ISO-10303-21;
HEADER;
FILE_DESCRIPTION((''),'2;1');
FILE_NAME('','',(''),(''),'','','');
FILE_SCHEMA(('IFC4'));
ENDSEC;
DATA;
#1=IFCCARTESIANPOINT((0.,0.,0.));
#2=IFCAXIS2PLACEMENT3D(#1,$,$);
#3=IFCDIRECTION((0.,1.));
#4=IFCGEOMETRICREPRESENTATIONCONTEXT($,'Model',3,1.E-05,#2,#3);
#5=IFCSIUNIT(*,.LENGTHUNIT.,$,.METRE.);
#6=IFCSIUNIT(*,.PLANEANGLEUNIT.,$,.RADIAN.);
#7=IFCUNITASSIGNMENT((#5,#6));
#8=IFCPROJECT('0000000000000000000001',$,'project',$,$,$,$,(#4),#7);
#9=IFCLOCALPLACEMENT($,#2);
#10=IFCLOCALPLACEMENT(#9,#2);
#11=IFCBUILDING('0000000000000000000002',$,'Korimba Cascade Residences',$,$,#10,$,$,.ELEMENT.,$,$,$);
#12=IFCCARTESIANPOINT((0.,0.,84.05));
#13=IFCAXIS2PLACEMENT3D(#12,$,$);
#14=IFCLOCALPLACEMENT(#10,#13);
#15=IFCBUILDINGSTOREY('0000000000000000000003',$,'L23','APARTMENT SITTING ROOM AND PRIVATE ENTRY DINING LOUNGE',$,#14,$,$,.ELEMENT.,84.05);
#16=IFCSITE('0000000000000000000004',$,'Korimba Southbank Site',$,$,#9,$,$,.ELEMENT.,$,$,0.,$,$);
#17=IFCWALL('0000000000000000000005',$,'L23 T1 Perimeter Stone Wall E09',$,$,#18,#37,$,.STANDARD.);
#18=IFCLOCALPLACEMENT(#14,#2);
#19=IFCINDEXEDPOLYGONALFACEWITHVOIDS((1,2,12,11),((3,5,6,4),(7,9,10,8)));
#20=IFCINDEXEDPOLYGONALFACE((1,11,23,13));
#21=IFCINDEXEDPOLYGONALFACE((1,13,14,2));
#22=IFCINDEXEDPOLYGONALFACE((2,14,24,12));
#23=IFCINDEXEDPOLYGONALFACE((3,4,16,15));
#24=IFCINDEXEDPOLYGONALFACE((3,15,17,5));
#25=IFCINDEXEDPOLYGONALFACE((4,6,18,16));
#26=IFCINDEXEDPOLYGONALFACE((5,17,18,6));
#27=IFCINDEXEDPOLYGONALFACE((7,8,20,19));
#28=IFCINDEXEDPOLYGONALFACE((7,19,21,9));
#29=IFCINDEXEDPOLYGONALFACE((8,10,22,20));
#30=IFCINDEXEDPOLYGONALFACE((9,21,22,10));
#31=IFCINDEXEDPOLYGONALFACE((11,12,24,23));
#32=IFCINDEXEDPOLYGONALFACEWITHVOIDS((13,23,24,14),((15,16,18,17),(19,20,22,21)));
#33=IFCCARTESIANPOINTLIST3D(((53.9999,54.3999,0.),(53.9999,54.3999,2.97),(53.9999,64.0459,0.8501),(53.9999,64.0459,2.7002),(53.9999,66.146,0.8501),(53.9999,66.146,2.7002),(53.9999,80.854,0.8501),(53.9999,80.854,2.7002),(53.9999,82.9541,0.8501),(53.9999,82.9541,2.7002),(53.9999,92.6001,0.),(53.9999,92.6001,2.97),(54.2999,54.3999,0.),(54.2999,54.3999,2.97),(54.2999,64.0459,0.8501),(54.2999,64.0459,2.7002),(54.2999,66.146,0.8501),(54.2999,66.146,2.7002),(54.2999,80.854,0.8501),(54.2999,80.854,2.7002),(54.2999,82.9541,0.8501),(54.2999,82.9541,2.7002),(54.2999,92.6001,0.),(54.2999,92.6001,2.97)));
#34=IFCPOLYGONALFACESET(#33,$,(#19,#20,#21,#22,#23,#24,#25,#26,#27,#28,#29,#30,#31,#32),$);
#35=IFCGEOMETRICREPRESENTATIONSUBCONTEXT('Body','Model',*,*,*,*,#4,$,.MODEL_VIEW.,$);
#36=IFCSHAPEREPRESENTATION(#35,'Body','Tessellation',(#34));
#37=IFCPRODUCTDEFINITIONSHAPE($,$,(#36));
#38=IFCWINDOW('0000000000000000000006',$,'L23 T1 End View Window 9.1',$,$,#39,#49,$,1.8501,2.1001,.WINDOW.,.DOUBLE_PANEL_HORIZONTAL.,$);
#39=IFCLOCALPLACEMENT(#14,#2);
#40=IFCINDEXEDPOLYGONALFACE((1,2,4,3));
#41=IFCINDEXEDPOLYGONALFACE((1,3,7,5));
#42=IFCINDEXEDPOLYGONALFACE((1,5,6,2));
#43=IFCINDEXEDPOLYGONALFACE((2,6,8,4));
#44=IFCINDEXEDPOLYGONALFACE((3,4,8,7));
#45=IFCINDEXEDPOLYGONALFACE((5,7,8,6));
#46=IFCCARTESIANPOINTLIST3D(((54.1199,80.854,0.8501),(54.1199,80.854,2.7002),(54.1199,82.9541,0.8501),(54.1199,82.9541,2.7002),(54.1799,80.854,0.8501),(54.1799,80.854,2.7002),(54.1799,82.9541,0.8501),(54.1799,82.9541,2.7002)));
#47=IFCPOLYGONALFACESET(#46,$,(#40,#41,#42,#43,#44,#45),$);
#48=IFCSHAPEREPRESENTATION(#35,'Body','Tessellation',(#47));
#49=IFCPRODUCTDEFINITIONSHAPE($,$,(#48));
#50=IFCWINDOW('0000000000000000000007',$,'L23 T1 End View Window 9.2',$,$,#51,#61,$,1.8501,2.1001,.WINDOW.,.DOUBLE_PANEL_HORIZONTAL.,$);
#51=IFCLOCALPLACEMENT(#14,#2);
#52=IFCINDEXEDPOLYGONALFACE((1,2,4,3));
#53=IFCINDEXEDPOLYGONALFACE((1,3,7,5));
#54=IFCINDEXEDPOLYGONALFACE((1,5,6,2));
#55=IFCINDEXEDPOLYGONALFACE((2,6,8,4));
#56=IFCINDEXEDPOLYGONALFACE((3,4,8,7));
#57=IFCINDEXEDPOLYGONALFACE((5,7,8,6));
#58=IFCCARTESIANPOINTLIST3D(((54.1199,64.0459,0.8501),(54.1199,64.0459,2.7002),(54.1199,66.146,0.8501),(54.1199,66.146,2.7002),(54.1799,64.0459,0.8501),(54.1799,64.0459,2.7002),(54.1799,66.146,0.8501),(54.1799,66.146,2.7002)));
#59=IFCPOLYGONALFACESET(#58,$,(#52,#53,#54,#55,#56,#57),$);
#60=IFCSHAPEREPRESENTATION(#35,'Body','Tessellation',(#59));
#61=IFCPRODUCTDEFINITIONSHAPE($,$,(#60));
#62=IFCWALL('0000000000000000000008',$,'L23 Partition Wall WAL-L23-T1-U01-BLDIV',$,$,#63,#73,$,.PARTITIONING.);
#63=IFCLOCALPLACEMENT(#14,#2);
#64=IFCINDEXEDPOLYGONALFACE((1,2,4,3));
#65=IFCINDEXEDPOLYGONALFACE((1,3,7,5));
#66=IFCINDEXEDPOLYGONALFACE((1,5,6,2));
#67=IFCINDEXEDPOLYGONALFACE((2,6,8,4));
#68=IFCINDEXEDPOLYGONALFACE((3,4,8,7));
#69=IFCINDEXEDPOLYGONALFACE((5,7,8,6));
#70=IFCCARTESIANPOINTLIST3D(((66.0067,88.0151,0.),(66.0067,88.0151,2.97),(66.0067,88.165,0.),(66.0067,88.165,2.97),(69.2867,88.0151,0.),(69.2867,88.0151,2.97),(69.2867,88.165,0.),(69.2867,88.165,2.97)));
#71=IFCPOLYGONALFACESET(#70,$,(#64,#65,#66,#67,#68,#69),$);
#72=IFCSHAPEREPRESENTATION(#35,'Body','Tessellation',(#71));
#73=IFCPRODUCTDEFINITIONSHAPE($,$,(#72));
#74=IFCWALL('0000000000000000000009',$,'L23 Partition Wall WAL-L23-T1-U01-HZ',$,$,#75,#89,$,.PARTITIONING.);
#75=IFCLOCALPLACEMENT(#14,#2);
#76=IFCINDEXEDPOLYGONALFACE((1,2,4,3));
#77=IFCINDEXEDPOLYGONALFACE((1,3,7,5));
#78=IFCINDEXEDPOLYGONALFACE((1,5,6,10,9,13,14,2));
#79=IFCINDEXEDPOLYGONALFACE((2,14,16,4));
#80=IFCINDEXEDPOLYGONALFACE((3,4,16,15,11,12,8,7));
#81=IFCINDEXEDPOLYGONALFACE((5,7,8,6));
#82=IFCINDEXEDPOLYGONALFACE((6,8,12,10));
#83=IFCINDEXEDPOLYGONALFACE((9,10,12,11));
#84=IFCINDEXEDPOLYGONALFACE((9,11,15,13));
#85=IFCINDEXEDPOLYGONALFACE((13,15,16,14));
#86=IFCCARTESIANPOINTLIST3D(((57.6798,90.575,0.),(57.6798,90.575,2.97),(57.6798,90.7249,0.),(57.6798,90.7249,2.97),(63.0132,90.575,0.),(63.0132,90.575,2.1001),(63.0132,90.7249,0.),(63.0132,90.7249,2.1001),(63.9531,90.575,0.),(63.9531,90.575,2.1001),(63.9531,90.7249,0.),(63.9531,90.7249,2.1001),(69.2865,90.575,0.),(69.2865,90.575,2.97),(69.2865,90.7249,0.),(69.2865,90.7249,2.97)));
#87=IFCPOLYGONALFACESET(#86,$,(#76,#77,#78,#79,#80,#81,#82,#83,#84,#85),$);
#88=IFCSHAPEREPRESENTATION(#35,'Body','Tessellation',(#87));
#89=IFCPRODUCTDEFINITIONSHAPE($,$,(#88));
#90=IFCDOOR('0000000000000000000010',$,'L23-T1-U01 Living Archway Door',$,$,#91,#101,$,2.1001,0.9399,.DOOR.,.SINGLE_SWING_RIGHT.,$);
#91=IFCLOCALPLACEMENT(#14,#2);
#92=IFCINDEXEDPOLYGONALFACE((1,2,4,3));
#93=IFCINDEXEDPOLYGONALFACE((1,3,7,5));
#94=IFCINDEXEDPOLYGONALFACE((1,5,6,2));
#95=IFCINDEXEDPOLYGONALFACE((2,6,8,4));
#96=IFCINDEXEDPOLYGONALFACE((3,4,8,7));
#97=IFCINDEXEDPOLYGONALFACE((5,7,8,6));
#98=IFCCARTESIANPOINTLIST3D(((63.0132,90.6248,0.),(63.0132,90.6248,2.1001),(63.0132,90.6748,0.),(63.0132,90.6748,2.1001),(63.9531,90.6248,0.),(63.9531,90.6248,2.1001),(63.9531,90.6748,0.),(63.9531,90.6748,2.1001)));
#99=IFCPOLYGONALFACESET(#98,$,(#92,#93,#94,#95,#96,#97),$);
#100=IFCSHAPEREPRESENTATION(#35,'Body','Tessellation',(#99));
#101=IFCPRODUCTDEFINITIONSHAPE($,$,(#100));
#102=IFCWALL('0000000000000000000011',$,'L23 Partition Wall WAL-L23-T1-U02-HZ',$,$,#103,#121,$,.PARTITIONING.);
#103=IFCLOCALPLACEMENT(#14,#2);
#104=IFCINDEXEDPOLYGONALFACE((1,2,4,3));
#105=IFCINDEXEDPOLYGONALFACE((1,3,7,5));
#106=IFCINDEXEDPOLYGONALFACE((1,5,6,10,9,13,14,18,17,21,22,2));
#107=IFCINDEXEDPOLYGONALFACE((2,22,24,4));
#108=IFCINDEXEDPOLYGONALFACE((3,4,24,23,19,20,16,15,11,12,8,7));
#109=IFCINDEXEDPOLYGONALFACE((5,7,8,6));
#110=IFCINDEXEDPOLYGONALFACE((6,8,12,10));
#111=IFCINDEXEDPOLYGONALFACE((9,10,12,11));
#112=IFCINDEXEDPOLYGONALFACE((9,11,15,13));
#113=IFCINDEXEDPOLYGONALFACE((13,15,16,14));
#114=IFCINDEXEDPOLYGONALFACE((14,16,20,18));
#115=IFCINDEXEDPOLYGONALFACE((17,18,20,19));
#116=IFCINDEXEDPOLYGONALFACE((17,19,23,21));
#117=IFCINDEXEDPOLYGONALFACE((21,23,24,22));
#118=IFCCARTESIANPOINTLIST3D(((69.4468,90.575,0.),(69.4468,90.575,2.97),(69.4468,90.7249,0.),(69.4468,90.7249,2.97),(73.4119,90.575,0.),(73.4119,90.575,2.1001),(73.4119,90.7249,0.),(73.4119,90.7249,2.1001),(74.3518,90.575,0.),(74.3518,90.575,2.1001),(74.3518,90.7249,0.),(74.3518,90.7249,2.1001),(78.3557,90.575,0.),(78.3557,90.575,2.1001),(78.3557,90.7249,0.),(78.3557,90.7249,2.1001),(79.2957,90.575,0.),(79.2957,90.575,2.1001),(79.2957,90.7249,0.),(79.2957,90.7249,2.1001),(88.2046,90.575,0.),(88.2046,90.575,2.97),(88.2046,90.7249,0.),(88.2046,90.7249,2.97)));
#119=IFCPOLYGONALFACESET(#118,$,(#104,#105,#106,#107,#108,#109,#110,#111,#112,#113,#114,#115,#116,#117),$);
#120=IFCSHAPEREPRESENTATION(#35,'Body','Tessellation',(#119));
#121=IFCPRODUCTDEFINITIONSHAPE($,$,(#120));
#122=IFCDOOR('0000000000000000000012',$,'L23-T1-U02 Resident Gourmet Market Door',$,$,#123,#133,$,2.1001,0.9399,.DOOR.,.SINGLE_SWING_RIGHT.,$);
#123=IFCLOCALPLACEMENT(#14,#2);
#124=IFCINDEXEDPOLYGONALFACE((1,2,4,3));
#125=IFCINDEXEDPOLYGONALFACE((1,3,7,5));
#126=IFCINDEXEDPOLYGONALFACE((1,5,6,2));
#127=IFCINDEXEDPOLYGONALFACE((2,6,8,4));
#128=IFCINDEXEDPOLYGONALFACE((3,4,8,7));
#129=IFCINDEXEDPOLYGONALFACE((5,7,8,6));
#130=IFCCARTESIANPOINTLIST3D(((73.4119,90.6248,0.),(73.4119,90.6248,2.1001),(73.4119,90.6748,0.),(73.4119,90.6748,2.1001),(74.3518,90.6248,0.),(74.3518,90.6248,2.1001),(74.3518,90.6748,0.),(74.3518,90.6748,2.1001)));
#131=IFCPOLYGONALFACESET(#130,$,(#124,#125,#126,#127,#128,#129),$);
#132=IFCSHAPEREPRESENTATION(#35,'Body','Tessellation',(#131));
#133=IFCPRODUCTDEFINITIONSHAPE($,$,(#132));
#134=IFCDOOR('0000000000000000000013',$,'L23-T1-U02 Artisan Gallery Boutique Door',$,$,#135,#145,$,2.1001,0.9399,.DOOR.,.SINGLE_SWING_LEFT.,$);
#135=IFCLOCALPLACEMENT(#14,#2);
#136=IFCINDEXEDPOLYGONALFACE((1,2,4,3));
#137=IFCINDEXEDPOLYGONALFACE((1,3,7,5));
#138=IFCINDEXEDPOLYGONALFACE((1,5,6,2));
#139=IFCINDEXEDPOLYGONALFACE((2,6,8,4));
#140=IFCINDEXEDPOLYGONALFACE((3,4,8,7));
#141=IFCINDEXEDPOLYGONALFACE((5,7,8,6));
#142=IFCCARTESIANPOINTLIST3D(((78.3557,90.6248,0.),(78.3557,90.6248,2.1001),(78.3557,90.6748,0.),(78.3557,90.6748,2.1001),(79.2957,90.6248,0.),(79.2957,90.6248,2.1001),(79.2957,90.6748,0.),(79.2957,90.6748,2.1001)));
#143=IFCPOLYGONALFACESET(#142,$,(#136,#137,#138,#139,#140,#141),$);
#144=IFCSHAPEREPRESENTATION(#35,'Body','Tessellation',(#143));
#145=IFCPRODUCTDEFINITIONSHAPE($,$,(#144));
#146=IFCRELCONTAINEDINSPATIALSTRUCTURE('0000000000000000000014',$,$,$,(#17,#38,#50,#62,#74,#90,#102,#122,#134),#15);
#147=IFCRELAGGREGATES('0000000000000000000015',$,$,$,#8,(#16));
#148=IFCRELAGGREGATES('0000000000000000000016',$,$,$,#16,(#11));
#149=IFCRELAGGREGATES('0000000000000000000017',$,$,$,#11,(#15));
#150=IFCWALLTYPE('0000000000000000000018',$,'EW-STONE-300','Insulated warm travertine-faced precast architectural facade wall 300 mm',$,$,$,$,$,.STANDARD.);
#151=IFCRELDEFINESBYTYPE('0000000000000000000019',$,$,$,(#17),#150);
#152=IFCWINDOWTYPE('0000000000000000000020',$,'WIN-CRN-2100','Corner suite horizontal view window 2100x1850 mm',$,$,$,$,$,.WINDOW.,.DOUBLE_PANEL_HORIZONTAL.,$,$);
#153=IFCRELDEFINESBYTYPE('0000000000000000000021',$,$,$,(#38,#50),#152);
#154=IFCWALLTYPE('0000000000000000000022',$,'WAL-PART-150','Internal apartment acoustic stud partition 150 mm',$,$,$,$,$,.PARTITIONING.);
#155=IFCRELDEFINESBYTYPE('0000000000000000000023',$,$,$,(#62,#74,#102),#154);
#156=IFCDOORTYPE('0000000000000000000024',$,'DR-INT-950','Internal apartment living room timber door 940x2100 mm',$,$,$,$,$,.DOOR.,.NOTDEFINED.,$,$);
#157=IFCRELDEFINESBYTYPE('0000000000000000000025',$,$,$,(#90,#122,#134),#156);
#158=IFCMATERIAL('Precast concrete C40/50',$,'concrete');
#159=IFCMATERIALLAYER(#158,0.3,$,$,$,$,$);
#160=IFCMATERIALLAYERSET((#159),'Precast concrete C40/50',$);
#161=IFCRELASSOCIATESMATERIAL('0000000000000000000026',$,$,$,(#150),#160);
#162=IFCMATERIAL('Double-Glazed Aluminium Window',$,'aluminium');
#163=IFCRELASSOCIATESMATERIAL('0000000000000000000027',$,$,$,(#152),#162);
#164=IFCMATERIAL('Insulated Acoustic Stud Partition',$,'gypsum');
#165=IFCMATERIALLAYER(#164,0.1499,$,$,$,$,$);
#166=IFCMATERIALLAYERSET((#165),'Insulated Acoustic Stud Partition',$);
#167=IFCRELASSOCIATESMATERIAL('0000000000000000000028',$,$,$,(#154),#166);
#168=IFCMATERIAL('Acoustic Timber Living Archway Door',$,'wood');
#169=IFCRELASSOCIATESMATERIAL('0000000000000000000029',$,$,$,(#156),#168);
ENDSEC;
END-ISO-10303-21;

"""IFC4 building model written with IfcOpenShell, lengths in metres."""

from ifc_helpers import new_model, si_unit, direction, frame, frame_2d, origin, place, context, subcontext, project, spatial, rectangle, extrude, material, layer, layer_set, type_object, element, fill, save


model = new_model("IFC4")

# Units and contexts
model_context = context("Model", 3, precision=1e-05, world=origin(), true_north=direction((0.0, 1.0)))
body_context = subcontext(model_context, "Body", "Model", "MODEL_VIEW")
ifc_project = project(units=[si_unit("LENGTHUNIT", "METRE"), si_unit("PLANEANGLEUNIT", "RADIAN")], contexts=[model_context])

# Site, building, storey
site_placement = place(None, origin())
site = spatial("IfcSite", under=ifc_project, at=site_placement, Name="Korimba Southbank Site", CompositionType="ELEMENT", RefElevation=0.0)
building_placement = place(site_placement, origin())
building = spatial("IfcBuilding", under=site, at=building_placement, Name="Korimba Cascade Residences", CompositionType="ELEMENT")
storey_placement = place(building_placement, frame((0.0, 0.0, 84.05)))
storey = spatial("IfcBuildingStorey", under=building, at=storey_placement, Name="L23", Description="APARTMENT SITTING ROOM AND PRIVATE ENTRY DINING LOUNGE", CompositionType="ELEMENT", Elevation=84.05)

# Shared definitions
ifc_material_1 = material(Name="Precast concrete C40/50", Category="concrete")
ifc_layer_1 = layer(ifc_material_1, 0.3)
ifc_layer_set_1 = layer_set([ifc_layer_1], Name="Precast concrete C40/50")
wall_type_1 = type_object("IfcWallType", Name="EW-STONE-300", Description="Insulated warm travertine-faced precast architectural facade wall 300 mm", PredefinedType="STANDARD", material=ifc_layer_set_1)

# Wall, openings, windows
wall_1_placement = place(storey_placement, frame((54.1499, 92.6001, 0.0), z_axis=(0.0, 0.0, 1.0), x_axis=(0.0, -1.0, 0.0)))
wall_1 = element("IfcWall", 1, at=wall_1_placement, inside=storey, type_object=wall_type_1, Name="L23 T1 Perimeter Stone Wall E09", PredefinedType="STANDARD", context=body_context, shape_type="SweptSolid", body=[
    extrude(rectangle(XDim=38.2002, YDim=0.3, at=frame_2d((19.1001, 0.0))), origin(), (0.0, 0.0, 1.0), 2.97),
])
opening_1_placement = place(wall_1_placement, frame((9.646, 0.0, 0.8501)))
opening_1 = element("IfcOpeningElement", 2, at=opening_1_placement, cuts=wall_1, PredefinedType="OPENING", context=body_context, shape_type="SweptSolid", body=[
    extrude(rectangle(XDim=2.1001, YDim=1.8501, at=frame_2d((1.05, 0.925))), frame((0.0, 0.1602, 0.0), z_axis=(0.0, -1.0, 0.0), x_axis=(1.0, 0.0, 0.0)), (0.0, 0.0, 1.0), 0.3201),
])
opening_2_placement = place(wall_1_placement, frame((26.4541, 0.0, 0.8501)))
opening_2 = element("IfcOpeningElement", 3, at=opening_2_placement, cuts=wall_1, PredefinedType="OPENING", context=body_context, shape_type="SweptSolid", body=[
    extrude(rectangle(XDim=2.1001, YDim=1.8501, at=frame_2d((1.05, 0.925))), frame((0.0, 0.1602, 0.0), z_axis=(0.0, -1.0, 0.0), x_axis=(1.0, 0.0, 0.0)), (0.0, 0.0, 1.0), 0.3201),
])
ifc_material_2 = material(Name="Double-Glazed Aluminium Window", Category="aluminium")
window_type = type_object("IfcWindowType", Name="WIN-CRN-2100", Description="Corner suite horizontal view window 2100x1850 mm", PartitioningType="DOUBLE_PANEL_HORIZONTAL", PredefinedType="WINDOW", material=ifc_material_2)
window_1_placement = place(opening_1_placement, origin())
window_1 = element("IfcWindow", 4, at=window_1_placement, inside=storey, type_object=window_type, Name="L23 T1 End View Window 9.1", OverallHeight=1.8501, OverallWidth=2.1001, PartitioningType="DOUBLE_PANEL_HORIZONTAL", PredefinedType="WINDOW", context=body_context, shape_type="SweptSolid", body=[
    extrude(rectangle(XDim=2.1001, YDim=1.8501, at=frame_2d((1.05, 0.925))), frame((0.0, 0.03, 0.0), z_axis=(0.0, -1.0, 0.0), x_axis=(1.0, 0.0, 0.0)), (0.0, 0.0, 1.0), 0.0601),
])
fill(opening_1, window_1)
window_2_placement = place(opening_2_placement, origin())
window_2 = element("IfcWindow", 5, at=window_2_placement, inside=storey, type_object=window_type, Name="L23 T1 End View Window 9.2", OverallHeight=1.8501, OverallWidth=2.1001, PartitioningType="DOUBLE_PANEL_HORIZONTAL", PredefinedType="WINDOW", context=body_context, shape_type="SweptSolid", body=[
    extrude(rectangle(XDim=2.1001, YDim=1.8501, at=frame_2d((1.05, 0.925))), frame((0.0, 0.03, 0.0), z_axis=(0.0, -1.0, 0.0), x_axis=(1.0, 0.0, 0.0)), (0.0, 0.0, 1.0), 0.0601),
])
fill(opening_2, window_2)

# Wall
ifc_material_3 = material(Name="Insulated Acoustic Stud Partition", Category="gypsum")
ifc_layer_2 = layer(ifc_material_3, 0.1499)
ifc_layer_set_2 = layer_set([ifc_layer_2], Name="Insulated Acoustic Stud Partition")
wall_type_2 = type_object("IfcWallType", Name="WAL-PART-150", Description="Internal apartment acoustic stud partition 150 mm", PredefinedType="PARTITIONING", material=ifc_layer_set_2)
wall_2_placement = place(storey_placement, frame((66.0066, 88.0901, 0.0), z_axis=(0.0, 0.0, 1.0), x_axis=(1.0, 0.0, 0.0)))
element("IfcWall", 6, at=wall_2_placement, inside=storey, type_object=wall_type_2, Name="L23 Partition Wall WAL-L23-T1-U01-BLDIV", PredefinedType="PARTITIONING", context=body_context, shape_type="SweptSolid", body=[
    extrude(rectangle(XDim=3.28, YDim=0.1499, at=frame_2d((1.6401, 0.0))), origin(), (0.0, 0.0, 1.0), 2.97),
])

# Wall, opening, door
wall_3_placement = place(storey_placement, frame((57.6799, 90.6499, 0.0), z_axis=(0.0, 0.0, 1.0), x_axis=(1.0, 0.0, 0.0)))
wall_3 = element("IfcWall", 7, at=wall_3_placement, inside=storey, type_object=wall_type_2, Name="L23 Partition Wall WAL-L23-T1-U01-HZ", PredefinedType="PARTITIONING", context=body_context, shape_type="SweptSolid", body=[
    extrude(rectangle(XDim=11.6067, YDim=0.1499, at=frame_2d((5.8032, 0.0))), origin(), (0.0, 0.0, 1.0), 2.97),
])
opening_3_placement = place(wall_3_placement, frame((5.3333, 0.0, 0.0)))
opening_3 = element("IfcOpeningElement", 8, at=opening_3_placement, cuts=wall_3, PredefinedType="OPENING", context=body_context, shape_type="SweptSolid", body=[
    extrude(rectangle(XDim=0.9399, YDim=2.1001, at=frame_2d((0.47, 1.05))), frame((0.0, 0.085, 0.0), z_axis=(0.0, -1.0, 0.0), x_axis=(1.0, 0.0, 0.0)), (0.0, 0.0, 1.0), 0.1699),
])
ifc_material_4 = material(Name="Acoustic Timber Living Archway Door", Category="wood")
door_type = type_object("IfcDoorType", Name="DR-INT-950", Description="Internal apartment living room timber door 940x2100 mm", OperationType="NOTDEFINED", PredefinedType="DOOR", material=ifc_material_4)
door_1_placement = place(opening_3_placement, origin())
door_1 = element("IfcDoor", 9, at=door_1_placement, inside=storey, type_object=door_type, Name="L23-T1-U01 Living Archway Door", OperationType="SINGLE_SWING_RIGHT", OverallHeight=2.1001, OverallWidth=0.9399, PredefinedType="DOOR", context=body_context, shape_type="SweptSolid", body=[
    extrude(rectangle(XDim=0.9399, YDim=2.1001, at=frame_2d((0.47, 1.05))), frame((0.0, 0.0249, 0.0), z_axis=(0.0, -1.0, 0.0), x_axis=(1.0, 0.0, 0.0)), (0.0, 0.0, 1.0), 0.05),
])
fill(opening_3, door_1)

# Wall, openings, doors
wall_4_placement = place(storey_placement, frame((69.4468, 90.6499, 0.0), z_axis=(0.0, 0.0, 1.0), x_axis=(1.0, 0.0, 0.0)))
wall_4 = element("IfcWall", 10, at=wall_4_placement, inside=storey, type_object=wall_type_2, Name="L23 Partition Wall WAL-L23-T1-U02-HZ", PredefinedType="PARTITIONING", context=body_context, shape_type="SweptSolid", body=[
    extrude(rectangle(XDim=18.7578, YDim=0.1499, at=frame_2d((9.3789, 0.0))), origin(), (0.0, 0.0, 1.0), 2.97),
])
opening_4_placement = place(wall_4_placement, frame((3.9651, 0.0, 0.0)))
opening_4 = element("IfcOpeningElement", 11, at=opening_4_placement, cuts=wall_4, PredefinedType="OPENING", context=body_context, shape_type="SweptSolid", body=[
    extrude(rectangle(XDim=0.9399, YDim=2.1001, at=frame_2d((0.47, 1.05))), frame((0.0, 0.085, 0.0), z_axis=(0.0, -1.0, 0.0), x_axis=(1.0, 0.0, 0.0)), (0.0, 0.0, 1.0), 0.1699),
])
opening_5_placement = place(wall_4_placement, frame((8.9089, 0.0, 0.0)))
opening_5 = element("IfcOpeningElement", 12, at=opening_5_placement, cuts=wall_4, PredefinedType="OPENING", context=body_context, shape_type="SweptSolid", body=[
    extrude(rectangle(XDim=0.9399, YDim=2.1001, at=frame_2d((0.47, 1.05))), frame((0.0, 0.085, 0.0), z_axis=(0.0, -1.0, 0.0), x_axis=(1.0, 0.0, 0.0)), (0.0, 0.0, 1.0), 0.1699),
])
door_2_placement = place(opening_4_placement, origin())
door_2 = element("IfcDoor", 13, at=door_2_placement, inside=storey, type_object=door_type, Name="L23-T1-U02 Resident Gourmet Market Door", OperationType="SINGLE_SWING_RIGHT", OverallHeight=2.1001, OverallWidth=0.9399, PredefinedType="DOOR", context=body_context, shape_type="SweptSolid", body=[
    extrude(rectangle(XDim=0.9399, YDim=2.1001, at=frame_2d((0.47, 1.05))), frame((0.0, 0.0249, 0.0), z_axis=(0.0, -1.0, 0.0), x_axis=(1.0, 0.0, 0.0)), (0.0, 0.0, 1.0), 0.05),
])
fill(opening_4, door_2)
door_3_placement = place(opening_5_placement, origin())
door_3 = element("IfcDoor", 14, at=door_3_placement, inside=storey, type_object=door_type, Name="L23-T1-U02 Artisan Gallery Boutique Door", OperationType="SINGLE_SWING_LEFT", OverallHeight=2.1001, OverallWidth=0.9399, PredefinedType="DOOR", context=body_context, shape_type="SweptSolid", body=[
    extrude(rectangle(XDim=0.9399, YDim=2.1001, at=frame_2d((0.47, 1.05))), frame((0.0, 0.0249, 0.0), z_axis=(0.0, -1.0, 0.0), x_axis=(1.0, 0.0, 0.0)), (0.0, 0.0, 1.0), 0.05),
])
fill(opening_5, door_3)

save(model, "model.ifc")
